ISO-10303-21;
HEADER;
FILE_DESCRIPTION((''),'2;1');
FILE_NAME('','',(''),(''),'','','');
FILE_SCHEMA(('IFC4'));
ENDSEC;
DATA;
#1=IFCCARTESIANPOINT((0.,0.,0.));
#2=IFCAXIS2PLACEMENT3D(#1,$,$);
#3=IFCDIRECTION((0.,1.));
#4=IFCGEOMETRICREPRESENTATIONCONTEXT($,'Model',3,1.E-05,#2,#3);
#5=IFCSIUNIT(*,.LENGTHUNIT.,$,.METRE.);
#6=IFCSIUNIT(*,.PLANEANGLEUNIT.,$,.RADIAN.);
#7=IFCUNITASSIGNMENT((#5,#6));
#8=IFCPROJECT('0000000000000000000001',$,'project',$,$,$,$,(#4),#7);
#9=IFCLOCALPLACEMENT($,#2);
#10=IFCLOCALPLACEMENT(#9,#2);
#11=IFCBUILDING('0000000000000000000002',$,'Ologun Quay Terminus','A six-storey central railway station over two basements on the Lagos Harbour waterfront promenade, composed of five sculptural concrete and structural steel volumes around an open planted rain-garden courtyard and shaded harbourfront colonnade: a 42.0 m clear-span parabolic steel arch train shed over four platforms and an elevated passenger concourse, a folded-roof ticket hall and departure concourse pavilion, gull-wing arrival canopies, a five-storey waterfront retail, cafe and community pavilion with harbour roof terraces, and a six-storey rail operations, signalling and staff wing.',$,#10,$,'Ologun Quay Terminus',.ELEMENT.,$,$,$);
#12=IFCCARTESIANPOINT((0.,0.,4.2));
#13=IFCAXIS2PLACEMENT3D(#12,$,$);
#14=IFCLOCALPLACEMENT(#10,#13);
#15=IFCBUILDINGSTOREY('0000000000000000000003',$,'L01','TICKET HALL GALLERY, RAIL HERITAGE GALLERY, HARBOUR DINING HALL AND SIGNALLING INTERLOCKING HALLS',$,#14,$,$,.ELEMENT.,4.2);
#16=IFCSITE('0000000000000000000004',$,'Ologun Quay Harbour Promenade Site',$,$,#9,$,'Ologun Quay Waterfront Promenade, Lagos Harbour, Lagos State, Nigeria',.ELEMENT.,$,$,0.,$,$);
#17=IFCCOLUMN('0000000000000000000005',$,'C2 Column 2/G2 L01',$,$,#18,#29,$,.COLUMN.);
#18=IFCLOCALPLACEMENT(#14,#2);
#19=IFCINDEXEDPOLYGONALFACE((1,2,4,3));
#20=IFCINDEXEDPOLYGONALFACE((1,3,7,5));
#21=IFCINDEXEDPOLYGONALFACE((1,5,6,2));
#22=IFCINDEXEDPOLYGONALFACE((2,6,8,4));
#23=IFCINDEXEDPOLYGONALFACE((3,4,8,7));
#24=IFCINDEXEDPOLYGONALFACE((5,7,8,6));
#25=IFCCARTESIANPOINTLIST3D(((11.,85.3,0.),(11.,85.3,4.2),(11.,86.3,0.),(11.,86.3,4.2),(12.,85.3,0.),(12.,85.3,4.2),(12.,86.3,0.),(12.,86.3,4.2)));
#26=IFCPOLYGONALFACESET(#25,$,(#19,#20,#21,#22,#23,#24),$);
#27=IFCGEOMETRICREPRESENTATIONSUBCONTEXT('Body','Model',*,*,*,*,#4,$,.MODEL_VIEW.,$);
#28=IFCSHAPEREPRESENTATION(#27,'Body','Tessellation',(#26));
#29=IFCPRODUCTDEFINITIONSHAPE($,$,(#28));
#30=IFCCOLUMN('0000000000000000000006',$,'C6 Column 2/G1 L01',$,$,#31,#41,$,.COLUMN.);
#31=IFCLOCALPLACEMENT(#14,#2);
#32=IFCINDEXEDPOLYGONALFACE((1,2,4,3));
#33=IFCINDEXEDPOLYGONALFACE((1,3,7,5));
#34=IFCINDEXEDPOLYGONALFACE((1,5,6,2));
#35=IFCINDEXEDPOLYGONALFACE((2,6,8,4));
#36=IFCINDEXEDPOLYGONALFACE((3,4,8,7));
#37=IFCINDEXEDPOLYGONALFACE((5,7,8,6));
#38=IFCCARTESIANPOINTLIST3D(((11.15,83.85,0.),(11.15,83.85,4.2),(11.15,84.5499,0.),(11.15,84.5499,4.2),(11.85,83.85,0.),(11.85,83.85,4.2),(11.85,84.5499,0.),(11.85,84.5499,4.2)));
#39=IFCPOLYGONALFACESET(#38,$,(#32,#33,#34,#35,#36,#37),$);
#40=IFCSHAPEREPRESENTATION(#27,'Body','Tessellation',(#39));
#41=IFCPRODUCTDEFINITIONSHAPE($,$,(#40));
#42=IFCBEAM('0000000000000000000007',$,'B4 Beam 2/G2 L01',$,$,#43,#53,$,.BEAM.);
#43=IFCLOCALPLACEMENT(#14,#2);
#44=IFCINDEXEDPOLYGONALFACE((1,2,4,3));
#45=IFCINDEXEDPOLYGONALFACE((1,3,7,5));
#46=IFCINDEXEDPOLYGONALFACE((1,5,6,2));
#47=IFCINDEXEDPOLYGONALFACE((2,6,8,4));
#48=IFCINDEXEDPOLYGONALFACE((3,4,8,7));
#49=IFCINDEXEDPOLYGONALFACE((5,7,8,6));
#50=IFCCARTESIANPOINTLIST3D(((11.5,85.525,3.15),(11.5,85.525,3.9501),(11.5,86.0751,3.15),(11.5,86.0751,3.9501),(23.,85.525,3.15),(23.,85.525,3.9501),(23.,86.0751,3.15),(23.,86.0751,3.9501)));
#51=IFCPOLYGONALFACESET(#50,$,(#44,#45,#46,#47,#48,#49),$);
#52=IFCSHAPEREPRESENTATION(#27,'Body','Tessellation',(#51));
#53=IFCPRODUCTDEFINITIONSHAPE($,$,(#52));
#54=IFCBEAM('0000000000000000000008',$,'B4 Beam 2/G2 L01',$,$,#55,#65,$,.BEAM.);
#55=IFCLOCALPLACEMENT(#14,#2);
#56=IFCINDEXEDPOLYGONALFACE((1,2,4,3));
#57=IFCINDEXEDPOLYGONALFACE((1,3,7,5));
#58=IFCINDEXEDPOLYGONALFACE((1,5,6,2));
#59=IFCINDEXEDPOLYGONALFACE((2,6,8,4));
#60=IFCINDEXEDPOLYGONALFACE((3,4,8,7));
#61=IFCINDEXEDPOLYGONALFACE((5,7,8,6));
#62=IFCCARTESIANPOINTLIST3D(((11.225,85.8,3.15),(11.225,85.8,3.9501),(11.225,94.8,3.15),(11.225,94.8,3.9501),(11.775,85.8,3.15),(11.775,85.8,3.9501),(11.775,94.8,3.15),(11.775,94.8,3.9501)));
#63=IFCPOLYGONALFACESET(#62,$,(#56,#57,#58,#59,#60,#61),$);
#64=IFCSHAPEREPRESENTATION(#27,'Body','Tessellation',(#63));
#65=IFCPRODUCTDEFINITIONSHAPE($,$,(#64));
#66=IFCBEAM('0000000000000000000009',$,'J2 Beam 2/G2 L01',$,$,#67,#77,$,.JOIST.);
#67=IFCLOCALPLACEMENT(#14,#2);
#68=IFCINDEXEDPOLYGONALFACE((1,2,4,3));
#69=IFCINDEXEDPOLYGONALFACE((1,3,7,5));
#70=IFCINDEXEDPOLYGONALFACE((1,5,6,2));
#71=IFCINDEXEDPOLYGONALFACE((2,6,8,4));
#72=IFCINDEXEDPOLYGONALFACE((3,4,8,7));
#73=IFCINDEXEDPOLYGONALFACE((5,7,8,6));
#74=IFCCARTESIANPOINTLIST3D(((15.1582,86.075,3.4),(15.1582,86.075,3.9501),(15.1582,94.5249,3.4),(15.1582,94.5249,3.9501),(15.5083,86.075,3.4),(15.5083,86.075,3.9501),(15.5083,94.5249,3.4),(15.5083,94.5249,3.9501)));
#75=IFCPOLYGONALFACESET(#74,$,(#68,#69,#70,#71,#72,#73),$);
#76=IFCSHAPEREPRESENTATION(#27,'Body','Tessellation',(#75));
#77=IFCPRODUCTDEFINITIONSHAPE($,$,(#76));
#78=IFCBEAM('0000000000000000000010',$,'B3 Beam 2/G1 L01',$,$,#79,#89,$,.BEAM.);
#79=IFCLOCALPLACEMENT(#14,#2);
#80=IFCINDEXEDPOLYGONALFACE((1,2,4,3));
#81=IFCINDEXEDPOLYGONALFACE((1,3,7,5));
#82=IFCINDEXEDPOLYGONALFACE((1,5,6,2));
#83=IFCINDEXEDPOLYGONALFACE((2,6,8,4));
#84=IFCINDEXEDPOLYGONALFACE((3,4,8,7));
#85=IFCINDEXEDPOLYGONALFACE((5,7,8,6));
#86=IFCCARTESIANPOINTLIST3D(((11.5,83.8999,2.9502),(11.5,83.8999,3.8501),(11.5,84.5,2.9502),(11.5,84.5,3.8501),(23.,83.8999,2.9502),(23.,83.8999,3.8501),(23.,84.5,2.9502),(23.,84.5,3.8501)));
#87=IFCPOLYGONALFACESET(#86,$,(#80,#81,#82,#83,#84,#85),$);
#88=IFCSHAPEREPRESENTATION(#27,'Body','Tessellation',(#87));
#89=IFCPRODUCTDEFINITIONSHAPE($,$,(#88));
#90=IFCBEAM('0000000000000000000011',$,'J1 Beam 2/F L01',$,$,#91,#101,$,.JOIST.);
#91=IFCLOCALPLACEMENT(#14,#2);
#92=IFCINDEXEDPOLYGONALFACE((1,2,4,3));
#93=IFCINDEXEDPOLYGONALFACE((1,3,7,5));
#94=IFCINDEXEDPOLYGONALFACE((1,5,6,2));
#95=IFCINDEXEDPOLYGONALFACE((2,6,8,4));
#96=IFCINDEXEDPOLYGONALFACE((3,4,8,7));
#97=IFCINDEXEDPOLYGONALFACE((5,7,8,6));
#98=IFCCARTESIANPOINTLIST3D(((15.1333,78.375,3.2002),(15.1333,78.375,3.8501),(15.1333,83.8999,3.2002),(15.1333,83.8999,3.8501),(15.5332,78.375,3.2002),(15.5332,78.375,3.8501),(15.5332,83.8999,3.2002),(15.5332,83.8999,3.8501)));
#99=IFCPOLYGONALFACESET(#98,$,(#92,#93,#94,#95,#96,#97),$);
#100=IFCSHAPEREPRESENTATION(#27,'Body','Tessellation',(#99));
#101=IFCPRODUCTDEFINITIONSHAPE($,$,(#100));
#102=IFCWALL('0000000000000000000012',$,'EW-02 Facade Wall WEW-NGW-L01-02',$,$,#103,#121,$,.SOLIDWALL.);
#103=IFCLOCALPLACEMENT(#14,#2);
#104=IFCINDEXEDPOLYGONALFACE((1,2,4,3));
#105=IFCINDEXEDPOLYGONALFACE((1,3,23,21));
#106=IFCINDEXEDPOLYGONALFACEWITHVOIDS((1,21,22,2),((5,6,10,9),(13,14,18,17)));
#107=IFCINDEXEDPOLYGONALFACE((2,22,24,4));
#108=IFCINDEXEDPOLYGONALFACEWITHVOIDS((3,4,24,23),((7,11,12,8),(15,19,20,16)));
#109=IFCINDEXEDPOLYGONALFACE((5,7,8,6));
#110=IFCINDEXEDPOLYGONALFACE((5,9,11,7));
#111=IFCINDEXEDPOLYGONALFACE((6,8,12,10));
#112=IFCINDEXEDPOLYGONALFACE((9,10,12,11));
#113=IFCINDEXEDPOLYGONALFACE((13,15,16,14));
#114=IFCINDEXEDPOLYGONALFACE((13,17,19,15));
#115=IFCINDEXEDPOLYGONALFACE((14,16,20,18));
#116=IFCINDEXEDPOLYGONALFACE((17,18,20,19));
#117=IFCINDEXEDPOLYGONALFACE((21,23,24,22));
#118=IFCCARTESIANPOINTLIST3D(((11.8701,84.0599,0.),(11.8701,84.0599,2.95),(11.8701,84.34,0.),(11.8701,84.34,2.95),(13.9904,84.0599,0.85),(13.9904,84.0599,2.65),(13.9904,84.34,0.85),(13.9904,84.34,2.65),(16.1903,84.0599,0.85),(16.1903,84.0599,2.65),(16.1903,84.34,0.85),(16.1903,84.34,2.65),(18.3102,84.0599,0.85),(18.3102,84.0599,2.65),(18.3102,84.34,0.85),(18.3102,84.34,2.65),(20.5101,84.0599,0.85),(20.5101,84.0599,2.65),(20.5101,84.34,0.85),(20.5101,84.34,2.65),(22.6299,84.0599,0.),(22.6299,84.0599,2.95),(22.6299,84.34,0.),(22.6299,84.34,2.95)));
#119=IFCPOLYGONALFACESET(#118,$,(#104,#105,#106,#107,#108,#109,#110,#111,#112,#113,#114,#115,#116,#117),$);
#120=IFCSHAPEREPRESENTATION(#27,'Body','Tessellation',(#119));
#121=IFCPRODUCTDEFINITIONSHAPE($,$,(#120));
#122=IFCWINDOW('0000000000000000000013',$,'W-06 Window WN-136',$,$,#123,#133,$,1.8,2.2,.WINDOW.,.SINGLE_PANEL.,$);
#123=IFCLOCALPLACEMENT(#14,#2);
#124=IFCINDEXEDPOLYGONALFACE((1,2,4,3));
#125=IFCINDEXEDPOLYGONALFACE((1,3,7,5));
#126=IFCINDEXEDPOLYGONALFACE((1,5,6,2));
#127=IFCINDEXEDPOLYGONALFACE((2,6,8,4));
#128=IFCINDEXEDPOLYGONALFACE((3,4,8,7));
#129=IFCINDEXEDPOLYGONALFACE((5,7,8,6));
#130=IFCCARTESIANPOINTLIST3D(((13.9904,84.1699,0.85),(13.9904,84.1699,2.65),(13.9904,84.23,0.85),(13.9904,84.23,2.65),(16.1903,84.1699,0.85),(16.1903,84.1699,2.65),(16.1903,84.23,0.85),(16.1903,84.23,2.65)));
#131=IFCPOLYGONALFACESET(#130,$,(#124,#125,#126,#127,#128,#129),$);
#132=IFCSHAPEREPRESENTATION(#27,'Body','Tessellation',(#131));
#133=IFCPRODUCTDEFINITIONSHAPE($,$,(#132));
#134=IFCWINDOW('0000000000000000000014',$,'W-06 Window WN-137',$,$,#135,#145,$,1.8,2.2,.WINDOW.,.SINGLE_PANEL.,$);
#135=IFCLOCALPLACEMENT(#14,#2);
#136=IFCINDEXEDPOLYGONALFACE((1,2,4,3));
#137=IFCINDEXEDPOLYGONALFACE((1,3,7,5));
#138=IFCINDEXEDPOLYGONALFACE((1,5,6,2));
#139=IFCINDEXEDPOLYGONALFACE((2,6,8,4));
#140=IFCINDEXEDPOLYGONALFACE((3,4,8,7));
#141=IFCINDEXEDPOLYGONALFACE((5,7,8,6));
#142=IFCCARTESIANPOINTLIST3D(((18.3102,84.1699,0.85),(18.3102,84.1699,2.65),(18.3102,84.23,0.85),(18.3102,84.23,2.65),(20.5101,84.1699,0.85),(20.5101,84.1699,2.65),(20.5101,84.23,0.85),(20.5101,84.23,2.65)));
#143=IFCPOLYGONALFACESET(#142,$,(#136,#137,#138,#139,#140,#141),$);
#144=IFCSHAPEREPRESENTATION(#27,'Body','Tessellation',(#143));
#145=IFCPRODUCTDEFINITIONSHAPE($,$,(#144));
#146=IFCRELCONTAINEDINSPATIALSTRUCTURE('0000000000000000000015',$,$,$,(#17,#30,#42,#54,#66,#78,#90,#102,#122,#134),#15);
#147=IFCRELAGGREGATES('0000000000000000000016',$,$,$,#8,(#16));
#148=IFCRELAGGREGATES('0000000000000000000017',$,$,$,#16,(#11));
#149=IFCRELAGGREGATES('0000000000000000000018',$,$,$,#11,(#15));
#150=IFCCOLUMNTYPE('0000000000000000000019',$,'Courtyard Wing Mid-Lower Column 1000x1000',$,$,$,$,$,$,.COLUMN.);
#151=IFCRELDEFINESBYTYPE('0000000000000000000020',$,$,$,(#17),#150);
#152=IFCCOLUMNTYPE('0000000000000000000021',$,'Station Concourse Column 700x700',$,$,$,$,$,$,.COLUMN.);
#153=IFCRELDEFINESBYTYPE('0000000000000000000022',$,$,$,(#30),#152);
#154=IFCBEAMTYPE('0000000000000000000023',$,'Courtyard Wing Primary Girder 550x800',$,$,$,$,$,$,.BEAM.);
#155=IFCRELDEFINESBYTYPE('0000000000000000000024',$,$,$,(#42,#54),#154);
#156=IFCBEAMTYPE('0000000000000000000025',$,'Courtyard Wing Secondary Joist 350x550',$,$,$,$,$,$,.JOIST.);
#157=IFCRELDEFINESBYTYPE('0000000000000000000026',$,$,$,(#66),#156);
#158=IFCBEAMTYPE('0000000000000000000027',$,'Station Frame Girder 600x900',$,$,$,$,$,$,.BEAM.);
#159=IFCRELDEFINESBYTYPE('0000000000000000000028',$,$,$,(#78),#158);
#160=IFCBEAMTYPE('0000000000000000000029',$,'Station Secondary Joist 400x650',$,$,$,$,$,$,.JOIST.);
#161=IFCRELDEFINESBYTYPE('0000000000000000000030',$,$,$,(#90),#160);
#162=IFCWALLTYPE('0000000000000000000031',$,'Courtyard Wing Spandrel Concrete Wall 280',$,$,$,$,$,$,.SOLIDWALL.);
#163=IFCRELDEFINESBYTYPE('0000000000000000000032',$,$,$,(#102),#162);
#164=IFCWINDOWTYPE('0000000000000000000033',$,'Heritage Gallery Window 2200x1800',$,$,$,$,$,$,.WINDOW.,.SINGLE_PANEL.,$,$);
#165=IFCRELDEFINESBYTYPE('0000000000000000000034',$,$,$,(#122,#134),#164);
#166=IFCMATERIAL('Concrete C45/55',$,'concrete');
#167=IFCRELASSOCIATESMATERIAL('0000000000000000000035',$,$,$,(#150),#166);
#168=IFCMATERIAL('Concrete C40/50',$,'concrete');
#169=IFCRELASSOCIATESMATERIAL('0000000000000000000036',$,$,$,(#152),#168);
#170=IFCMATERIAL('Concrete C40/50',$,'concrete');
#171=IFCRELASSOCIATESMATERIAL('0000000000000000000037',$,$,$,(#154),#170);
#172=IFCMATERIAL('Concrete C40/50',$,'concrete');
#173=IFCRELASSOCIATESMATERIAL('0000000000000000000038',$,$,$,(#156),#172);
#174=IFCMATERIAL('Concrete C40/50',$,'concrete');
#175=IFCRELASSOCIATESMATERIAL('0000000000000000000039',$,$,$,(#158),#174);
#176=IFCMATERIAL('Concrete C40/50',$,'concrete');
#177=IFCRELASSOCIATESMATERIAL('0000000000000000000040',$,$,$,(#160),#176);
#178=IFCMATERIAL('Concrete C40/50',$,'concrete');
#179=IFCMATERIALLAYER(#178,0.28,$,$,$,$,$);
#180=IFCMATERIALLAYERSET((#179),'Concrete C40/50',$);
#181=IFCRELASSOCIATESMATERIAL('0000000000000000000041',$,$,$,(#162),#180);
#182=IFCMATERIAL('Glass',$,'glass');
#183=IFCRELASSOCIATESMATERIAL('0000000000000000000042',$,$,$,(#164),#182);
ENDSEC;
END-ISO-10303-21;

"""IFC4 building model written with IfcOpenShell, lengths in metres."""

from ifc_helpers import new_model, si_unit, direction, frame, frame_2d, origin, origin_2d, place, context, subcontext, project, spatial, rectangle, extrude, material, layer, layer_set, material_profile, profile_set, type_object, element, fill, save


model = new_model("IFC4")

# Units and contexts
model_context = context("Model", 3, precision=1e-05, world=origin(), true_north=direction((0.0, 1.0)))
body_context = subcontext(model_context, "Body", "Model", "MODEL_VIEW")
ifc_project = project(units=[si_unit("LENGTHUNIT", "METRE"), si_unit("PLANEANGLEUNIT", "RADIAN")], contexts=[model_context])

# Site, building, storey
site_placement = place(None, origin())
site = spatial("IfcSite", under=ifc_project, at=site_placement, Name="Ologun Quay Harbour Promenade Site", LongName="Ologun Quay Waterfront Promenade, Lagos Harbour, Lagos State, Nigeria", CompositionType="ELEMENT", RefElevation=0.0)
building_placement = place(site_placement, origin())
building = spatial("IfcBuilding", under=site, at=building_placement, Name="Ologun Quay Terminus", Description="A six-storey central railway station over two basements on the Lagos Harbour waterfront promenade, composed of five sculptural concrete and structural steel volumes around an open planted rain-garden courtyard and shaded harbourfront colonnade: a 42.0 m clear-span parabolic steel arch train shed over four platforms and an elevated passenger concourse, a folded-roof ticket hall and departure concourse pavilion, gull-wing arrival canopies, a five-storey waterfront retail, cafe and community pavilion with harbour roof terraces, and a six-storey rail operations, signalling and staff wing.", LongName="Ologun Quay Terminus", CompositionType="ELEMENT")
storey_placement = place(building_placement, frame((0.0, 0.0, 4.2)))
storey = spatial("IfcBuildingStorey", under=building, at=storey_placement, Name="L01", Description="TICKET HALL GALLERY, RAIL HERITAGE GALLERY, HARBOUR DINING HALL AND SIGNALLING INTERLOCKING HALLS", CompositionType="ELEMENT", Elevation=4.2)

# Columns
ifc_material_1 = material(Name="Concrete C45/55", Category="concrete")
ifc_material_profile_1 = material_profile(ifc_material_1, rectangle(XDim=1.0, YDim=1.0, at=origin_2d()), Name="RC 1000x1000")
ifc_profile_set_1 = profile_set([ifc_material_profile_1], Name="Concrete C45/55")
column_type_1 = type_object("IfcColumnType", Name="Courtyard Wing Mid-Lower Column 1000x1000", PredefinedType="COLUMN", material=ifc_profile_set_1)
column_1_placement = place(storey_placement, frame((11.5, 85.8, 0.0), z_axis=(0.0, 0.0, 1.0), x_axis=(1.0, 0.0, 0.0)))
element("IfcColumn", 1, at=column_1_placement, inside=storey, type_object=column_type_1, Name="C2 Column 2/G2 L01", PredefinedType="COLUMN", context=body_context, shape_type="SweptSolid", body=[
    extrude(rectangle(XDim=1.0, YDim=1.0, at=origin_2d()), origin(), (0.0, 0.0, 1.0), 4.2),
])
ifc_material_2 = material(Name="Concrete C40/50", Category="concrete")
ifc_material_profile_2 = material_profile(ifc_material_2, rectangle(XDim=0.7, YDim=0.7, at=origin_2d()), Name="RC 700x700")
ifc_profile_set_2 = profile_set([ifc_material_profile_2], Name="Concrete C40/50")
column_type_2 = type_object("IfcColumnType", Name="Station Concourse Column 700x700", PredefinedType="COLUMN", material=ifc_profile_set_2)
column_2_placement = place(storey_placement, frame((11.5, 84.2, 0.0), z_axis=(0.0, 0.0, 1.0), x_axis=(1.0, 0.0, 0.0)))
element("IfcColumn", 2, at=column_2_placement, inside=storey, type_object=column_type_2, Name="C6 Column 2/G1 L01", PredefinedType="COLUMN", context=body_context, shape_type="SweptSolid", body=[
    extrude(rectangle(XDim=0.7, YDim=0.7, at=origin_2d()), origin(), (0.0, 0.0, 1.0), 4.2),
])

# Beams
ifc_material_3 = material(Name="Concrete C40/50", Category="concrete")
ifc_material_profile_3 = material_profile(ifc_material_3, rectangle(XDim=0.55, YDim=0.8, at=origin_2d()), Name="RC 550x800")
ifc_profile_set_3 = profile_set([ifc_material_profile_3], Name="Concrete C40/50")
beam_type_1 = type_object("IfcBeamType", Name="Courtyard Wing Primary Girder 550x800", PredefinedType="BEAM", material=ifc_profile_set_3)
beam_1_placement = place(storey_placement, frame((11.5, 85.8, 3.55), z_axis=(1.0, 0.0, 0.0), x_axis=(0.0, 1.0, 0.0)))
element("IfcBeam", 3, at=beam_1_placement, inside=storey, type_object=beam_type_1, Name="B4 Beam 2/G2 L01", PredefinedType="BEAM", context=body_context, shape_type="SweptSolid", body=[
    extrude(rectangle(XDim=0.55, YDim=0.8, at=origin_2d()), origin(), (0.0, 0.0, 1.0), 11.5),
])
beam_2_placement = place(storey_placement, frame((11.5, 85.8, 3.55), z_axis=(0.0, 1.0, 0.0), x_axis=(-1.0, 0.0, 0.0)))
element("IfcBeam", 4, at=beam_2_placement, inside=storey, type_object=beam_type_1, Name="B4 Beam 2/G2 L01", PredefinedType="BEAM", context=body_context, shape_type="SweptSolid", body=[
    extrude(rectangle(XDim=0.55, YDim=0.8, at=origin_2d()), origin(), (0.0, 0.0, 1.0), 9.0),
])
ifc_material_4 = material(Name="Concrete C40/50", Category="concrete")
ifc_material_profile_4 = material_profile(ifc_material_4, rectangle(XDim=0.3501, YDim=0.55, at=origin_2d()), Name="RC 350x550")
ifc_profile_set_4 = profile_set([ifc_material_profile_4], Name="Concrete C40/50")
beam_type_2 = type_object("IfcBeamType", Name="Courtyard Wing Secondary Joist 350x550", PredefinedType="JOIST", material=ifc_profile_set_4)
beam_3_placement = place(storey_placement, frame((15.3333, 86.075, 3.675), z_axis=(0.0, 1.0, 0.0), x_axis=(-1.0, 0.0, 0.0)))
element("IfcBeam", 5, at=beam_3_placement, inside=storey, type_object=beam_type_2, Name="J2 Beam 2/G2 L01", PredefinedType="JOIST", context=body_context, shape_type="SweptSolid", body=[
    extrude(rectangle(XDim=0.3501, YDim=0.55, at=origin_2d()), origin(), (0.0, 0.0, 1.0), 8.45),
])
ifc_material_5 = material(Name="Concrete C40/50", Category="concrete")
ifc_material_profile_5 = material_profile(ifc_material_5, rectangle(XDim=0.6001, YDim=0.8999, at=origin_2d()), Name="RC 600x900")
ifc_profile_set_5 = profile_set([ifc_material_profile_5], Name="Concrete C40/50")
beam_type_3 = type_object("IfcBeamType", Name="Station Frame Girder 600x900", PredefinedType="BEAM", material=ifc_profile_set_5)
beam_4_placement = place(storey_placement, frame((11.5, 84.2, 3.4001), z_axis=(1.0, 0.0, 0.0), x_axis=(0.0, 1.0, 0.0)))
element("IfcBeam", 6, at=beam_4_placement, inside=storey, type_object=beam_type_3, Name="B3 Beam 2/G1 L01", PredefinedType="BEAM", context=body_context, shape_type="SweptSolid", body=[
    extrude(rectangle(XDim=0.6001, YDim=0.8999, at=origin_2d()), origin(), (0.0, 0.0, 1.0), 11.5),
])
ifc_material_6 = material(Name="Concrete C40/50", Category="concrete")
ifc_material_profile_6 = material_profile(ifc_material_6, rectangle(XDim=0.3999, YDim=0.6499, at=origin_2d()), Name="RC 400x650")
ifc_profile_set_6 = profile_set([ifc_material_profile_6], Name="Concrete C40/50")
beam_type_4 = type_object("IfcBeamType", Name="Station Secondary Joist 400x650", PredefinedType="JOIST", material=ifc_profile_set_6)
beam_5_placement = place(storey_placement, frame((15.3333, 78.375, 3.5251), z_axis=(0.0, 1.0, 0.0), x_axis=(-1.0, 0.0, 0.0)))
element("IfcBeam", 7, at=beam_5_placement, inside=storey, type_object=beam_type_4, Name="J1 Beam 2/F L01", PredefinedType="JOIST", context=body_context, shape_type="SweptSolid", body=[
    extrude(rectangle(XDim=0.3999, YDim=0.6499, at=origin_2d()), origin(), (0.0, 0.0, 1.0), 5.5249),
])

# Wall, openings, windows
ifc_material_7 = material(Name="Concrete C40/50", Category="concrete")
ifc_layer_1 = layer(ifc_material_7, 0.28)
ifc_layer_set_1 = layer_set([ifc_layer_1], Name="Concrete C40/50")
wall_type_1 = type_object("IfcWallType", Name="Courtyard Wing Spandrel Concrete Wall 280", PredefinedType="SOLIDWALL", material=ifc_layer_set_1)
wall_1_placement = place(storey_placement, frame((11.8701, 84.2, 0.0), z_axis=(0.0, 0.0, 1.0), x_axis=(1.0, 0.0, 0.0)))
wall_1 = element("IfcWall", 8, at=wall_1_placement, inside=storey, type_object=wall_type_1, Name="EW-02 Facade Wall WEW-NGW-L01-02", PredefinedType="SOLIDWALL", context=body_context, shape_type="SweptSolid", body=[
    extrude(rectangle(XDim=10.7598, YDim=0.28, at=frame_2d((5.3799, 0.0))), origin(), (0.0, 0.0, 1.0), 2.95),
])
opening_1_placement = place(wall_1_placement, frame((2.1201, 0.0, 0.8501)))
opening_1 = element("IfcOpeningElement", 9, at=opening_1_placement, cuts=wall_1, PredefinedType="OPENING", context=body_context, shape_type="SweptSolid", body=[
    extrude(rectangle(XDim=2.2, YDim=1.8, at=frame_2d((1.1001, 0.8999))), frame((0.0, 0.1499, 0.0), z_axis=(0.0, -1.0, 0.0), x_axis=(1.0, 0.0, 0.0)), (0.0, 0.0, 1.0), 0.3),
])
opening_2_placement = place(wall_1_placement, frame((6.4399, 0.0, 0.8501)))
opening_2 = element("IfcOpeningElement", 10, at=opening_2_placement, cuts=wall_1, PredefinedType="OPENING", context=body_context, shape_type="SweptSolid", body=[
    extrude(rectangle(XDim=2.2, YDim=1.8, at=frame_2d((1.1001, 0.8999))), frame((0.0, 0.1499, 0.0), z_axis=(0.0, -1.0, 0.0), x_axis=(1.0, 0.0, 0.0)), (0.0, 0.0, 1.0), 0.3),
])
ifc_material_8 = material(Name="Glass", Category="glass")
window_type_1 = type_object("IfcWindowType", Name="Heritage Gallery Window 2200x1800", PartitioningType="SINGLE_PANEL", PredefinedType="WINDOW", material=ifc_material_8)
window_1_placement = place(opening_1_placement, origin())
window_1 = element("IfcWindow", 11, at=window_1_placement, inside=storey, type_object=window_type_1, Name="W-06 Window WN-136", OverallHeight=1.8, OverallWidth=2.2, PartitioningType="SINGLE_PANEL", PredefinedType="WINDOW", context=body_context, shape_type="SweptSolid", body=[
    extrude(rectangle(XDim=2.2, YDim=1.8, at=frame_2d((1.1001, 0.8999))), frame((0.0, 0.03, 0.0), z_axis=(0.0, -1.0, 0.0), x_axis=(1.0, 0.0, 0.0)), (0.0, 0.0, 1.0), 0.0601),
])
fill(opening_1, window_1)
window_2_placement = place(opening_2_placement, origin())
window_2 = element("IfcWindow", 12, at=window_2_placement, inside=storey, type_object=window_type_1, Name="W-06 Window WN-137", OverallHeight=1.8, OverallWidth=2.2, PartitioningType="SINGLE_PANEL", PredefinedType="WINDOW", context=body_context, shape_type="SweptSolid", body=[
    extrude(rectangle(XDim=2.2, YDim=1.8, at=frame_2d((1.1001, 0.8999))), frame((0.0, 0.03, 0.0), z_axis=(0.0, -1.0, 0.0), x_axis=(1.0, 0.0, 0.0)), (0.0, 0.0, 1.0), 0.0601),
])
fill(opening_2, window_2)

save(model, "model.ifc")
